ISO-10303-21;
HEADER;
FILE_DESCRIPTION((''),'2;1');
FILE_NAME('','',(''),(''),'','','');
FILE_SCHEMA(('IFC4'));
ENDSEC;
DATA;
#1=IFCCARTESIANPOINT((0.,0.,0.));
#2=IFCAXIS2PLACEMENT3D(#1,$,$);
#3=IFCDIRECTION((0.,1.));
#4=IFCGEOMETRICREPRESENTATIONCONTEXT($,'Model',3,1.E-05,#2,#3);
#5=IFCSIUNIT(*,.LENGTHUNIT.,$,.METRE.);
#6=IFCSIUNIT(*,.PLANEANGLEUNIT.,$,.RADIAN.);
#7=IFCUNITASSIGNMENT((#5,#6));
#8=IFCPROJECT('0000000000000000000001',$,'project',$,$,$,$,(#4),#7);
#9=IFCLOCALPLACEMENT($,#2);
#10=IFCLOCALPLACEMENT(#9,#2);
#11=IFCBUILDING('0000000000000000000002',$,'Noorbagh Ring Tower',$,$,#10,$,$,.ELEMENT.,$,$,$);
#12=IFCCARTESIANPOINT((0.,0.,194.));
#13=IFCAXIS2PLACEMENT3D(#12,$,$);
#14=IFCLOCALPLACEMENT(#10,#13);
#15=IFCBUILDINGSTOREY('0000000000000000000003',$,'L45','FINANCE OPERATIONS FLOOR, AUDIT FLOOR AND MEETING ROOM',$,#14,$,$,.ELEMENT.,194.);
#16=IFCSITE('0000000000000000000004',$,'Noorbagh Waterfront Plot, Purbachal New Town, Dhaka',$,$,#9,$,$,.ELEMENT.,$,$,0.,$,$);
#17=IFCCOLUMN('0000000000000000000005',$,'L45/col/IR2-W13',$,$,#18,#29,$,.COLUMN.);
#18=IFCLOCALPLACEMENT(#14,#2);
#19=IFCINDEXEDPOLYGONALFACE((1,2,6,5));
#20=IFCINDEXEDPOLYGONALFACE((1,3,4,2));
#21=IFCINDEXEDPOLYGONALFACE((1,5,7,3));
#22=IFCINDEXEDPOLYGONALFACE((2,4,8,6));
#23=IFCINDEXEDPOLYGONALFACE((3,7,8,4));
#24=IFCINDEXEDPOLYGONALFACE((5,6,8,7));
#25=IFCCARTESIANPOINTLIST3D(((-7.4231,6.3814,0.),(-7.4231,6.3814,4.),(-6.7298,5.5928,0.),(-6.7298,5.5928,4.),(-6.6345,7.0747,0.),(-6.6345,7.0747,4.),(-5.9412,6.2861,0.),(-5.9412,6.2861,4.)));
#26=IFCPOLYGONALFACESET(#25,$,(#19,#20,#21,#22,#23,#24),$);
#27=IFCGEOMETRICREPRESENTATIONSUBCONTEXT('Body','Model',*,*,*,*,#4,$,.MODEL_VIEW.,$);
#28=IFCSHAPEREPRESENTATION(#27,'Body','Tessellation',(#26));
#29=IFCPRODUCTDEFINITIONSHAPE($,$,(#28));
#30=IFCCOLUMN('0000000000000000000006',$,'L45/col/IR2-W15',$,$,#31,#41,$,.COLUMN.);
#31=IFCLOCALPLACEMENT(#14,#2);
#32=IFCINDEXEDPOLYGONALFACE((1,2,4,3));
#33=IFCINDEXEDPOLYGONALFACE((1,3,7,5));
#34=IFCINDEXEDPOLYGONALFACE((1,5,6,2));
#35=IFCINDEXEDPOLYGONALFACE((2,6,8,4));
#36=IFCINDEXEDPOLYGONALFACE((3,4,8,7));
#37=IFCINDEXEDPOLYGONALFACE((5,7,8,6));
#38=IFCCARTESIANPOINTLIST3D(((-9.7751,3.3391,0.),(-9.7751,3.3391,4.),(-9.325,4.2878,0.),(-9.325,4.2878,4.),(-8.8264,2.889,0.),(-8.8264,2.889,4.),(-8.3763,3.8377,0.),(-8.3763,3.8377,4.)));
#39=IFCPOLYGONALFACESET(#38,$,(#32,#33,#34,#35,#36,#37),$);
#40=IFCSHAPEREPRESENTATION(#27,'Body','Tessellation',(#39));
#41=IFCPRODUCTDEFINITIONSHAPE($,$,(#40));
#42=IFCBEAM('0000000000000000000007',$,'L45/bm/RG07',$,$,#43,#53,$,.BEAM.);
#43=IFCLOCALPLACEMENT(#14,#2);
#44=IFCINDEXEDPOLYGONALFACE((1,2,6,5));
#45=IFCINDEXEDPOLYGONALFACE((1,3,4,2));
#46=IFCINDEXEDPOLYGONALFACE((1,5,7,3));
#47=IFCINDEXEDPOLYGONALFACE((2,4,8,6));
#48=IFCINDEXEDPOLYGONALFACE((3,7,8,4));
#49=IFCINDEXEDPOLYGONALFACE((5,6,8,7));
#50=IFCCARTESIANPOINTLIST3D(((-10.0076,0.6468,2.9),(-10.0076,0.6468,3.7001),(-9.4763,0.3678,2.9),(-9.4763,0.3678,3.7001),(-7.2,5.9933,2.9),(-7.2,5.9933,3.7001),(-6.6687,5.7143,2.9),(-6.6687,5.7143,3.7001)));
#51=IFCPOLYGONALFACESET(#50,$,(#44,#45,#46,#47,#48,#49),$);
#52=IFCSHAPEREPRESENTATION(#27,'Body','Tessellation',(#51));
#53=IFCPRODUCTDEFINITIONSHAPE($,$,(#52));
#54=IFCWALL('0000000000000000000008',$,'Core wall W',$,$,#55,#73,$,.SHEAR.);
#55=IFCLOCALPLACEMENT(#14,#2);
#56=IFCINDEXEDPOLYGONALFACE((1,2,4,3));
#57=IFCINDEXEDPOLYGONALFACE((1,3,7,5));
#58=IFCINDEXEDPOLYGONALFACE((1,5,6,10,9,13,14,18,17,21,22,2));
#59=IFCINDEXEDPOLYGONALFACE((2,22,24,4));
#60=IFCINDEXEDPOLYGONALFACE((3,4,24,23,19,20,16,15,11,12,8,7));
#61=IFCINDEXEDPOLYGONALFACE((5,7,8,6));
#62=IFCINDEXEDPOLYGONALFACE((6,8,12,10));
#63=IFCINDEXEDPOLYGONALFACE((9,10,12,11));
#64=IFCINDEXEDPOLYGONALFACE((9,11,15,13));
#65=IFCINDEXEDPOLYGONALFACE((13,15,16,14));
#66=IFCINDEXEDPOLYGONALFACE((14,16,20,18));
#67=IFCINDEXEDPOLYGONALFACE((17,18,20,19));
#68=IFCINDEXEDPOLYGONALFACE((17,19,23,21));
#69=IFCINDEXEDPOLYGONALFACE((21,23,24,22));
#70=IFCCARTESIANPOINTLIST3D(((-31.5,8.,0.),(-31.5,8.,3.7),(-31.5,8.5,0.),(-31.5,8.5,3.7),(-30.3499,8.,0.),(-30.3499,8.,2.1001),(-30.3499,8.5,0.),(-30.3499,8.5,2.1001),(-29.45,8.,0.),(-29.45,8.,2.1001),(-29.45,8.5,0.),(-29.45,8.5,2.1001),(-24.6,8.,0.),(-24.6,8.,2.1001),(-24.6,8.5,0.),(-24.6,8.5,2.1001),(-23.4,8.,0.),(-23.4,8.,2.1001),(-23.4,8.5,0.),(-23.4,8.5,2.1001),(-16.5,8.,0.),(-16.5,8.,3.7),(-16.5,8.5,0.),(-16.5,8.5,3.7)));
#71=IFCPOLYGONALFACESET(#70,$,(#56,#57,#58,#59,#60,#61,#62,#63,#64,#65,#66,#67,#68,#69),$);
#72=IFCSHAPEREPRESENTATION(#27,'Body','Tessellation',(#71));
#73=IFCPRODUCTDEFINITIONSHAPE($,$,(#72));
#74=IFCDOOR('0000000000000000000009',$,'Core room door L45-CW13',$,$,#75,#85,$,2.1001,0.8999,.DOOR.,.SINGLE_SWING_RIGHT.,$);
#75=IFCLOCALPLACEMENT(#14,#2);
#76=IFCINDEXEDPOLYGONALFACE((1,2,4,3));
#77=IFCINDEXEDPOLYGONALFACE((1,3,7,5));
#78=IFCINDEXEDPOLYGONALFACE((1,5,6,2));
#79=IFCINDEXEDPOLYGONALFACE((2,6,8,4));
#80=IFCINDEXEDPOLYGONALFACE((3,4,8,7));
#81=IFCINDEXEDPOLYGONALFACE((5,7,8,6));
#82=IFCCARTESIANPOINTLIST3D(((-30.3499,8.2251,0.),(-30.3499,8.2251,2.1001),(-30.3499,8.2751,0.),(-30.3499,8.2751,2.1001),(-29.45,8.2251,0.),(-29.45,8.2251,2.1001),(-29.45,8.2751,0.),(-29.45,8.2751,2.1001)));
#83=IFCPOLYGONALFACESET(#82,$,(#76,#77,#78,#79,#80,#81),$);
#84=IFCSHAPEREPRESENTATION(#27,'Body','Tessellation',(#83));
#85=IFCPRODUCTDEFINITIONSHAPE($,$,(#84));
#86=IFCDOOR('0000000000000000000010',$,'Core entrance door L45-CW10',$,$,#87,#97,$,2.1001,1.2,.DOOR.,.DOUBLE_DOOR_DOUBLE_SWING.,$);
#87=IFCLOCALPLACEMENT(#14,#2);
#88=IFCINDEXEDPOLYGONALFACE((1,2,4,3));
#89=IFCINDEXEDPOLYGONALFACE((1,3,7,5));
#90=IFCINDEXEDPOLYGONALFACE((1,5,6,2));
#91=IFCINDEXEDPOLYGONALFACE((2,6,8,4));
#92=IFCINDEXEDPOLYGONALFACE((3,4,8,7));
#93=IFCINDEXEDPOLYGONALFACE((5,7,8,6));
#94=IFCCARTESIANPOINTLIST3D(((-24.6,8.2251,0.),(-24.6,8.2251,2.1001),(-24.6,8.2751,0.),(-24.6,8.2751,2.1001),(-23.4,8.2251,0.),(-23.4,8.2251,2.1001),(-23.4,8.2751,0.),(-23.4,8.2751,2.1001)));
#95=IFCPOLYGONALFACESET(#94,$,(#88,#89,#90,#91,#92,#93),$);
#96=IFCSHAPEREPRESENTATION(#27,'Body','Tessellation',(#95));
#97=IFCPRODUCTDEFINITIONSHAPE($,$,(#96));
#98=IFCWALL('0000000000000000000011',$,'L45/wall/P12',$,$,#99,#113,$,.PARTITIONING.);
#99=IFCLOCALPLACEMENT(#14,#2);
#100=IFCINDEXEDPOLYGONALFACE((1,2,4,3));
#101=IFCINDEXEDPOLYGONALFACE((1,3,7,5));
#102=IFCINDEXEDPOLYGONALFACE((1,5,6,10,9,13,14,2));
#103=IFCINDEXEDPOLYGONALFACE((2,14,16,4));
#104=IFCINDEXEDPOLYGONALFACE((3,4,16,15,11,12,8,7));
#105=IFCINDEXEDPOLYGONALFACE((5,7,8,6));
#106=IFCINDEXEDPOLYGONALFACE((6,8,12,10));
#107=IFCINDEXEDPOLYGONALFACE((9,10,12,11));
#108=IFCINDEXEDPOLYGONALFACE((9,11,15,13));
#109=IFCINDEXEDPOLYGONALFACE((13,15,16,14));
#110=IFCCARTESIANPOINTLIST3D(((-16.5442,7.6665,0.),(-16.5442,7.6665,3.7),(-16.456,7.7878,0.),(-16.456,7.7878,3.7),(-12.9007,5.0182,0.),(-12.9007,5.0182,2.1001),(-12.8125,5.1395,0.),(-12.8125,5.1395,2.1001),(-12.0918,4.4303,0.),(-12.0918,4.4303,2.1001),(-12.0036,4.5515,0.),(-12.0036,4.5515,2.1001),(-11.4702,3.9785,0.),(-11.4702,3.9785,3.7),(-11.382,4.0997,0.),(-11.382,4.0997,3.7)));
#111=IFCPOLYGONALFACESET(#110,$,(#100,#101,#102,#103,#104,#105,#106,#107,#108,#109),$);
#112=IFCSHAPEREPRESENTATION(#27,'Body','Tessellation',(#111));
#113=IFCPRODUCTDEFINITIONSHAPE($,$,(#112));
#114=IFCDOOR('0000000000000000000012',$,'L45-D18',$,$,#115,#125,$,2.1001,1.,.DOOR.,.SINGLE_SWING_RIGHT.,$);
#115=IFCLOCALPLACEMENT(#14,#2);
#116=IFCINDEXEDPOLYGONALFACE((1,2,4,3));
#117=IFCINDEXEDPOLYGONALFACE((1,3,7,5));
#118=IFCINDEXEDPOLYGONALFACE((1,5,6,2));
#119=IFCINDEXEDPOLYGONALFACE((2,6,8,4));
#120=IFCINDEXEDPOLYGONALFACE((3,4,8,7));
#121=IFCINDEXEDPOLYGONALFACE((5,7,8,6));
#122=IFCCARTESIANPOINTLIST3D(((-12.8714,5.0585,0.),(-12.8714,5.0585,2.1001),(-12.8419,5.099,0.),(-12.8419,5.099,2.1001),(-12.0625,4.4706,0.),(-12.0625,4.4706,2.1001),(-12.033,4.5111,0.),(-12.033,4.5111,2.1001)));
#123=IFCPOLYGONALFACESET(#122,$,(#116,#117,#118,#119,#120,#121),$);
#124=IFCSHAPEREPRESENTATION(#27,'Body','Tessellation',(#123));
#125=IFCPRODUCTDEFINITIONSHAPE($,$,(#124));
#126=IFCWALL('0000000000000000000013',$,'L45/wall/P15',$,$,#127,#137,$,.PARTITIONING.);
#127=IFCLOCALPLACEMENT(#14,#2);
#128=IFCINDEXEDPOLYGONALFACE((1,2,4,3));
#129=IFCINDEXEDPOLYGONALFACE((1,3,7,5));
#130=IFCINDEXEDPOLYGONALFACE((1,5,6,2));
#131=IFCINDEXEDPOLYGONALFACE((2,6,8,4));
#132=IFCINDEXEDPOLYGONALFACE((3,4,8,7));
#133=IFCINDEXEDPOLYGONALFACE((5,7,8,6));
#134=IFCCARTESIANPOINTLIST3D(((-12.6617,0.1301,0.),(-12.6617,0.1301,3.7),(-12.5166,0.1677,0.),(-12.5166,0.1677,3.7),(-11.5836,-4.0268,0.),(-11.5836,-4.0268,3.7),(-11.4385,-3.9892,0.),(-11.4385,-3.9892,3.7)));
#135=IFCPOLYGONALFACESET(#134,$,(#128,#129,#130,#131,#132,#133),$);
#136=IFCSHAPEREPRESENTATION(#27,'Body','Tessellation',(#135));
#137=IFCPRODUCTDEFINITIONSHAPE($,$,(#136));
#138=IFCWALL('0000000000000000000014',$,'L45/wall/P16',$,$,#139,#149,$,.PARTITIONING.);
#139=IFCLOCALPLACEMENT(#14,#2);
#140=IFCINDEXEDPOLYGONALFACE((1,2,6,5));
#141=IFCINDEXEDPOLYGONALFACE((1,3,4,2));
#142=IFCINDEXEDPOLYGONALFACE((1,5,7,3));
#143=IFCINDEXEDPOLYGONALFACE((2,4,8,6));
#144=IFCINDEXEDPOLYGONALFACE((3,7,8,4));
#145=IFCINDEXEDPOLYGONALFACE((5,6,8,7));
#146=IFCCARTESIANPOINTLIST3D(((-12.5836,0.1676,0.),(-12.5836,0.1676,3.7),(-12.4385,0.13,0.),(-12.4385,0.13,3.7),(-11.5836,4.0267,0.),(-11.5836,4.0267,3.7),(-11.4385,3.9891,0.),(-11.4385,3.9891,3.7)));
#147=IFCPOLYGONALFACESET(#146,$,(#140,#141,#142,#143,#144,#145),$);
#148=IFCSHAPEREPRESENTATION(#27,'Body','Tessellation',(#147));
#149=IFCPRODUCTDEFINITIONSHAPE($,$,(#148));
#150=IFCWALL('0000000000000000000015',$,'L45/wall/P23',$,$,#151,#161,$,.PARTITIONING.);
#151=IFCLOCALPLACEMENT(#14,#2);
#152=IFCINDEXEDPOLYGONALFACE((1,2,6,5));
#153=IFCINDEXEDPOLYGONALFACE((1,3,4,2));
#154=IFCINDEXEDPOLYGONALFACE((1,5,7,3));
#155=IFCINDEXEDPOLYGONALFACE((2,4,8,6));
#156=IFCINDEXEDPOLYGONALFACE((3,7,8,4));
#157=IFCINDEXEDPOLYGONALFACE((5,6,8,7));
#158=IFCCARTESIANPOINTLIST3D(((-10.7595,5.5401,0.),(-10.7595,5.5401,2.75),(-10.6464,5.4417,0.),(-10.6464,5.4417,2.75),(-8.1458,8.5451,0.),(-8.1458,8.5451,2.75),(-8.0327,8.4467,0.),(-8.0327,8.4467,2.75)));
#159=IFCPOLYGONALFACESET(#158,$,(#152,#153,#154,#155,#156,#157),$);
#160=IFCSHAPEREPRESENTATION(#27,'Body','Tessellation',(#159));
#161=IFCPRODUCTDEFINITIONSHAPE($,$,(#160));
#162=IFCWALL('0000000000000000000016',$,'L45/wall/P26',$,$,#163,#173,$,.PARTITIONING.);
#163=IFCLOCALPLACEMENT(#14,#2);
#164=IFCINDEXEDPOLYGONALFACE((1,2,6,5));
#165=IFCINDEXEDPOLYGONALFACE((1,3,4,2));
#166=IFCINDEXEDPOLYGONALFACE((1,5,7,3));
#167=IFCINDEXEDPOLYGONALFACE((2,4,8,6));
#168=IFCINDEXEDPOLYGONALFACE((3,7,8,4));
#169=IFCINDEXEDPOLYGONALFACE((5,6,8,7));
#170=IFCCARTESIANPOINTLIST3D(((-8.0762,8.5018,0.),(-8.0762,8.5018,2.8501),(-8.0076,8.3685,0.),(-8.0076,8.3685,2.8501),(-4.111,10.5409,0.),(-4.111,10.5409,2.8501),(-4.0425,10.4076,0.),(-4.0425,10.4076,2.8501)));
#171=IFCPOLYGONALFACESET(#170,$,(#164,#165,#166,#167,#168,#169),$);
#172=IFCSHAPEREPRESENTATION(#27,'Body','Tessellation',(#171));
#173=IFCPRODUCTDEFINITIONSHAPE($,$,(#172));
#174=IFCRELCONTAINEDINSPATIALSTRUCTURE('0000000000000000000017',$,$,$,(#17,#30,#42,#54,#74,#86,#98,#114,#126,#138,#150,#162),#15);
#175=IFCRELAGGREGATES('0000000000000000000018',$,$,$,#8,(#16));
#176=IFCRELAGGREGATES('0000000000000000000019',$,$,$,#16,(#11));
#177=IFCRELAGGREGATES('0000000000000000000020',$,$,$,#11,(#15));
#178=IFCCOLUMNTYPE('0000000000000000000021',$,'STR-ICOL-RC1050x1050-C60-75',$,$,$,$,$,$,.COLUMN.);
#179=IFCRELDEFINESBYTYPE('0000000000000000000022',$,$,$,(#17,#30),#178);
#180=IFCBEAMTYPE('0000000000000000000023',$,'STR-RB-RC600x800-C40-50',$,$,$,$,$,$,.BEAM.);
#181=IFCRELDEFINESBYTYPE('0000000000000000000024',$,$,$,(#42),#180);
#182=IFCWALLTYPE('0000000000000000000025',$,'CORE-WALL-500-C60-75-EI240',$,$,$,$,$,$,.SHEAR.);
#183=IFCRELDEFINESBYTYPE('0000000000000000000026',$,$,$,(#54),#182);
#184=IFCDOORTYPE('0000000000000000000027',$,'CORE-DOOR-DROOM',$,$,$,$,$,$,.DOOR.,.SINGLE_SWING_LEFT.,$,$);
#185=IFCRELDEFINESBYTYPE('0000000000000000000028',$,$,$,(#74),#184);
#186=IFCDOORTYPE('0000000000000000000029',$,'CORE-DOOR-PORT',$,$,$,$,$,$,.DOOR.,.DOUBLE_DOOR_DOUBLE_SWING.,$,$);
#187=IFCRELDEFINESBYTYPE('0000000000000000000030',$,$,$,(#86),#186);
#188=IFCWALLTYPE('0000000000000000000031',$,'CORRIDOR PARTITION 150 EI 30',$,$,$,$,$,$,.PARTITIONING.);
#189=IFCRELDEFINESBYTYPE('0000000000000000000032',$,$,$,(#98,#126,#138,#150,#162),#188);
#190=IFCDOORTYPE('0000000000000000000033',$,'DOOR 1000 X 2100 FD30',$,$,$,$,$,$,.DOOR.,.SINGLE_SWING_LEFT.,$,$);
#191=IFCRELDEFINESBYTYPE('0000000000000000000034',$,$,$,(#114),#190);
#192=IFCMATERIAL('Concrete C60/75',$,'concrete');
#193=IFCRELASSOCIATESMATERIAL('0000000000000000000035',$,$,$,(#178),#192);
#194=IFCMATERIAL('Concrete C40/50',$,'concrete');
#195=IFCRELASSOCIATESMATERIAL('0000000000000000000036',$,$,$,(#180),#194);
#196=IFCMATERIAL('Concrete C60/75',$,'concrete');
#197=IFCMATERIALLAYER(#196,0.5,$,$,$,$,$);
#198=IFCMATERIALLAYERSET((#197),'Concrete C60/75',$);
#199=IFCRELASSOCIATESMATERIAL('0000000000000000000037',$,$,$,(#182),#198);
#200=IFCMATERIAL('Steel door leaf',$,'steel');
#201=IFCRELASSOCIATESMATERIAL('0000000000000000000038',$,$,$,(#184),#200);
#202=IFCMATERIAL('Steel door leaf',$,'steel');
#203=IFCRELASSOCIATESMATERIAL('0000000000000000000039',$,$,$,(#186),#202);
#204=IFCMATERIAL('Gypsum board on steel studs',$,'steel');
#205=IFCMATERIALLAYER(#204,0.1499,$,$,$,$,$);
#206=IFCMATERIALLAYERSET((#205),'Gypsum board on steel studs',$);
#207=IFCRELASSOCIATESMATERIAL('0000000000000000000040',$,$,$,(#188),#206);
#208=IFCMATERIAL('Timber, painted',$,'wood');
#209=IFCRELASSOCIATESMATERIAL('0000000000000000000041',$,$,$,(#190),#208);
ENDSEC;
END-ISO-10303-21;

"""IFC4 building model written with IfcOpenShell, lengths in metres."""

from ifc_helpers import new_model, si_unit, direction, frame, frame_2d, origin, origin_2d, place, context, subcontext, project, spatial, rectangle, extrude, material, layer, layer_set, material_profile, profile_set, type_object, element, fill, save


model = new_model("IFC4")

# Units and contexts
model_context = context("Model", 3, precision=1e-05, world=origin(), true_north=direction((0.0, 1.0)))
body_context = subcontext(model_context, "Body", "Model", "MODEL_VIEW")
ifc_project = project(units=[si_unit("LENGTHUNIT", "METRE"), si_unit("PLANEANGLEUNIT", "RADIAN")], contexts=[model_context])

# Site, building, storey
site_placement = place(None, origin())
site = spatial("IfcSite", under=ifc_project, at=site_placement, Name="Noorbagh Waterfront Plot, Purbachal New Town, Dhaka", CompositionType="ELEMENT", RefElevation=0.0)
building_placement = place(site_placement, origin())
building = spatial("IfcBuilding", under=site, at=building_placement, Name="Noorbagh Ring Tower", CompositionType="ELEMENT")
storey_placement = place(building_placement, frame((0.0, 0.0, 194.0)))
storey = spatial("IfcBuildingStorey", under=building, at=storey_placement, Name="L45", Description="FINANCE OPERATIONS FLOOR, AUDIT FLOOR AND MEETING ROOM", CompositionType="ELEMENT", Elevation=194.0)

# Columns
ifc_material_1 = material(Name="Concrete C60/75", Category="concrete")
ifc_material_profile_1 = material_profile(ifc_material_1, rectangle(XDim=1.05, YDim=1.05, at=origin_2d()), Name="RC1050x1050")
ifc_profile_set_1 = profile_set([ifc_material_profile_1], Name="Concrete C60/75")
column_type = type_object("IfcColumnType", Name="STR-ICOL-RC1050x1050-C60-75", PredefinedType="COLUMN", material=ifc_profile_set_1)
for number, where, z_axis, x_axis, name in (
    (1, (-6.6821, 6.3337, 0.0), (0.0, 0.0, 1.0), (-0.751022, -0.660277, 0.0), "L45/col/IR2-W13"),
    (2, (-9.0757, 3.5884, 0.0), (0.0, 0.0, 1.0), (-0.428667, -0.903463, 0.0), "L45/col/IR2-W15"),
):
    element("IfcColumn", number, at=place(storey_placement, frame(where, z_axis=z_axis, x_axis=x_axis)), inside=storey, type_object=column_type, Name=name, PredefinedType="COLUMN", context=body_context, shape_type="SweptSolid", body=[
        extrude(rectangle(XDim=1.05, YDim=1.05, at=origin_2d()), origin(), (0.0, 0.0, 1.0), 4.0),
    ])

# Beam
ifc_material_2 = material(Name="Concrete C40/50", Category="concrete")
ifc_material_profile_2 = material_profile(ifc_material_2, rectangle(XDim=0.6001, YDim=0.8, at=origin_2d()), Name="RC600x800")
ifc_profile_set_2 = profile_set([ifc_material_profile_2], Name="Concrete C40/50")
beam_type = type_object("IfcBeamType", Name="STR-RB-RC600x800-C40-50", PredefinedType="BEAM", material=ifc_profile_set_2)
beam_placement = place(storey_placement, frame((-6.9343, 5.8538, 3.3), z_axis=(-0.46493, -0.885348, 0.0), x_axis=(0.885348, -0.46493, 0.0)))
element("IfcBeam", 3, at=beam_placement, inside=storey, type_object=beam_type, Name="L45/bm/RG07", PredefinedType="BEAM", context=body_context, shape_type="SweptSolid", body=[
    extrude(rectangle(XDim=0.6001, YDim=0.8, at=origin_2d()), origin(), (0.0, 0.0, 1.0), 6.0388),
])

# Wall, openings, doors
ifc_material_3 = material(Name="Concrete C60/75", Category="concrete")
ifc_layer_1 = layer(ifc_material_3, 0.5)
ifc_layer_set_1 = layer_set([ifc_layer_1], Name="Concrete C60/75")
wall_type_1 = type_object("IfcWallType", Name="CORE-WALL-500-C60-75-EI240", PredefinedType="SHEAR", material=ifc_layer_set_1)
wall_1_placement = place(storey_placement, frame((-16.5, 8.25, 0.0), z_axis=(0.0, 0.0, 1.0), x_axis=(-1.0, 0.0, 0.0)))
wall_1 = element("IfcWall", 4, at=wall_1_placement, inside=storey, type_object=wall_type_1, Name="Core wall W", PredefinedType="SHEAR", context=body_context, shape_type="SweptSolid", body=[
    extrude(rectangle(XDim=15.0, YDim=0.5, at=frame_2d((7.5, 0.0))), origin(), (0.0, 0.0, 1.0), 3.7),
])
opening_1_placement = place(wall_1_placement, frame((6.8999, 0.0, 0.0)))
opening_1 = element("IfcOpeningElement", 5, at=opening_1_placement, cuts=wall_1, PredefinedType="OPENING", context=body_context, shape_type="SweptSolid", body=[
    extrude(rectangle(XDim=1.2, YDim=2.1001, at=frame_2d((0.6001, 1.05))), frame((0.0, 0.26, 0.0), z_axis=(0.0, -1.0, 0.0), x_axis=(1.0, 0.0, 0.0)), (0.0, 0.0, 1.0), 0.52),
])
opening_2_placement = place(wall_1_placement, frame((12.95, 0.0, 0.0)))
opening_2 = element("IfcOpeningElement", 6, at=opening_2_placement, cuts=wall_1, PredefinedType="OPENING", context=body_context, shape_type="SweptSolid", body=[
    extrude(rectangle(XDim=0.8999, YDim=2.1001, at=frame_2d((0.45, 1.05))), frame((0.0, 0.26, 0.0), z_axis=(0.0, -1.0, 0.0), x_axis=(1.0, 0.0, 0.0)), (0.0, 0.0, 1.0), 0.52),
])
ifc_material_4 = material(Name="Steel door leaf", Category="steel")
door_type_1 = type_object("IfcDoorType", Name="CORE-DOOR-DROOM", OperationType="SINGLE_SWING_LEFT", PredefinedType="DOOR", material=ifc_material_4)
door_1_placement = place(opening_2_placement, origin())
door_1 = element("IfcDoor", 7, at=door_1_placement, inside=storey, type_object=door_type_1, Name="Core room door L45-CW13", OperationType="SINGLE_SWING_RIGHT", OverallHeight=2.1001, OverallWidth=0.8999, PredefinedType="DOOR", context=body_context, shape_type="SweptSolid", body=[
    extrude(rectangle(XDim=0.8999, YDim=2.1001, at=frame_2d((0.45, 1.05))), frame((0.0, 0.0249, 0.0), z_axis=(0.0, -1.0, 0.0), x_axis=(1.0, 0.0, 0.0)), (0.0, 0.0, 1.0), 0.05),
])
fill(opening_2, door_1)
ifc_material_5 = material(Name="Steel door leaf", Category="steel")
door_type_2 = type_object("IfcDoorType", Name="CORE-DOOR-PORT", OperationType="DOUBLE_DOOR_DOUBLE_SWING", PredefinedType="DOOR", material=ifc_material_5)
door_2_placement = place(opening_1_placement, origin())
door_2 = element("IfcDoor", 8, at=door_2_placement, inside=storey, type_object=door_type_2, Name="Core entrance door L45-CW10", OperationType="DOUBLE_DOOR_DOUBLE_SWING", OverallHeight=2.1001, OverallWidth=1.2, PredefinedType="DOOR", context=body_context, shape_type="SweptSolid", body=[
    extrude(rectangle(XDim=1.2, YDim=2.1001, at=frame_2d((0.6001, 1.05))), frame((0.0, 0.0249, 0.0), z_axis=(0.0, -1.0, 0.0), x_axis=(1.0, 0.0, 0.0)), (0.0, 0.0, 1.0), 0.05),
])
fill(opening_1, door_2)

# Wall, opening, door
ifc_material_6 = material(Name="Gypsum board on steel studs", Category="steel")
ifc_layer_2 = layer(ifc_material_6, 0.1499)
ifc_layer_set_2 = layer_set([ifc_layer_2], Name="Gypsum board on steel studs")
wall_type_2 = type_object("IfcWallType", Name="CORRIDOR PARTITION 150 EI 30", PredefinedType="PARTITIONING", material=ifc_layer_set_2)
wall_2_placement = place(storey_placement, frame((-16.5, 7.7271, 0.0), z_axis=(0.0, 0.0, 1.0), x_axis=(0.808901, -0.587945, 0.0)))
wall_2 = element("IfcWall", 9, at=wall_2_placement, inside=storey, type_object=wall_type_2, Name="L45/wall/P12", PredefinedType="PARTITIONING", context=body_context, shape_type="SweptSolid", body=[
    extrude(rectangle(XDim=6.2727, YDim=0.1499, at=frame_2d((3.1362, 0.0))), origin(), (0.0, 0.0, 1.0), 3.7),
])
opening_3_placement = place(wall_2_placement, frame((4.5042, 0.0, 0.0)))
opening_3 = element("IfcOpeningElement", 10, at=opening_3_placement, cuts=wall_2, PredefinedType="OPENING", context=body_context, shape_type="SweptSolid", body=[
    extrude(rectangle(XDim=1.0, YDim=2.1001, at=frame_2d((0.5, 1.05))), frame((0.0, 0.085, 0.0), z_axis=(0.0, -1.0, 0.0), x_axis=(1.0, 0.0, 0.0)), (0.0, 0.0, 1.0), 0.1699),
])
ifc_material_7 = material(Name="Timber, painted", Category="wood")
door_type_3 = type_object("IfcDoorType", Name="DOOR 1000 X 2100 FD30", OperationType="SINGLE_SWING_LEFT", PredefinedType="DOOR", material=ifc_material_7)
door_3_placement = place(opening_3_placement, origin())
door_3 = element("IfcDoor", 11, at=door_3_placement, inside=storey, type_object=door_type_3, Name="L45-D18", OperationType="SINGLE_SWING_RIGHT", OverallHeight=2.1001, OverallWidth=1.0, PredefinedType="DOOR", context=body_context, shape_type="SweptSolid", body=[
    extrude(rectangle(XDim=1.0, YDim=2.1001, at=frame_2d((0.5, 1.05))), frame((0.0, 0.0249, 0.0), z_axis=(0.0, -1.0, 0.0), x_axis=(1.0, 0.0, 0.0)), (0.0, 0.0, 1.0), 0.05),
])
fill(opening_3, door_3)

# Walls
wall_3_placement = place(storey_placement, frame((-12.5891, 0.1489, 0.0), z_axis=(0.0, 0.0, 1.0), x_axis=(0.251047, -0.967975, 0.0)))
element("IfcWall", 12, at=wall_3_placement, inside=storey, type_object=wall_type_2, Name="L45/wall/P15", PredefinedType="PARTITIONING", context=body_context, shape_type="SweptSolid", body=[
    extrude(rectangle(XDim=4.2944, YDim=0.1499, at=frame_2d((2.1472, 0.0))), origin(), (0.0, 0.0, 1.0), 3.7),
])
wall_4_placement = place(storey_placement, frame((-12.511, 0.1489, 0.0), z_axis=(0.0, 0.0, 1.0), x_axis=(0.250841, 0.968028, 0.0)))
element("IfcWall", 13, at=wall_4_placement, inside=storey, type_object=wall_type_2, Name="L45/wall/P16", PredefinedType="PARTITIONING", context=body_context, shape_type="SweptSolid", body=[
    extrude(rectangle(XDim=3.9866, YDim=0.1499, at=frame_2d((1.9932, 0.0))), origin(), (0.0, 0.0, 1.0), 3.7),
])
wall_5_placement = place(storey_placement, frame((-10.7029, 5.491, 0.0), z_axis=(0.0, 0.0, 1.0), x_axis=(0.656267, 0.754529, 0.0)))
element("IfcWall", 14, at=wall_5_placement, inside=storey, type_object=wall_type_2, Name="L45/wall/P23", PredefinedType="PARTITIONING", context=body_context, shape_type="SweptSolid", body=[
    extrude(rectangle(XDim=3.9827, YDim=0.1499, at=frame_2d((1.9912, 0.0))), origin(), (0.0, 0.0, 1.0), 2.75),
])
wall_6_placement = place(storey_placement, frame((-8.042, 8.4351, 0.0), z_axis=(0.0, 0.0, 1.0), x_axis=(0.889299, 0.457326, 0.0)))
element("IfcWall", 15, at=wall_6_placement, inside=storey, type_object=wall_type_2, Name="L45/wall/P26", PredefinedType="PARTITIONING", context=body_context, shape_type="SweptSolid", body=[
    extrude(rectangle(XDim=4.4587, YDim=0.1499, at=frame_2d((2.2295, 0.0))), origin(), (0.0, 0.0, 1.0), 2.8501),
])

save(model, "model.ifc")
